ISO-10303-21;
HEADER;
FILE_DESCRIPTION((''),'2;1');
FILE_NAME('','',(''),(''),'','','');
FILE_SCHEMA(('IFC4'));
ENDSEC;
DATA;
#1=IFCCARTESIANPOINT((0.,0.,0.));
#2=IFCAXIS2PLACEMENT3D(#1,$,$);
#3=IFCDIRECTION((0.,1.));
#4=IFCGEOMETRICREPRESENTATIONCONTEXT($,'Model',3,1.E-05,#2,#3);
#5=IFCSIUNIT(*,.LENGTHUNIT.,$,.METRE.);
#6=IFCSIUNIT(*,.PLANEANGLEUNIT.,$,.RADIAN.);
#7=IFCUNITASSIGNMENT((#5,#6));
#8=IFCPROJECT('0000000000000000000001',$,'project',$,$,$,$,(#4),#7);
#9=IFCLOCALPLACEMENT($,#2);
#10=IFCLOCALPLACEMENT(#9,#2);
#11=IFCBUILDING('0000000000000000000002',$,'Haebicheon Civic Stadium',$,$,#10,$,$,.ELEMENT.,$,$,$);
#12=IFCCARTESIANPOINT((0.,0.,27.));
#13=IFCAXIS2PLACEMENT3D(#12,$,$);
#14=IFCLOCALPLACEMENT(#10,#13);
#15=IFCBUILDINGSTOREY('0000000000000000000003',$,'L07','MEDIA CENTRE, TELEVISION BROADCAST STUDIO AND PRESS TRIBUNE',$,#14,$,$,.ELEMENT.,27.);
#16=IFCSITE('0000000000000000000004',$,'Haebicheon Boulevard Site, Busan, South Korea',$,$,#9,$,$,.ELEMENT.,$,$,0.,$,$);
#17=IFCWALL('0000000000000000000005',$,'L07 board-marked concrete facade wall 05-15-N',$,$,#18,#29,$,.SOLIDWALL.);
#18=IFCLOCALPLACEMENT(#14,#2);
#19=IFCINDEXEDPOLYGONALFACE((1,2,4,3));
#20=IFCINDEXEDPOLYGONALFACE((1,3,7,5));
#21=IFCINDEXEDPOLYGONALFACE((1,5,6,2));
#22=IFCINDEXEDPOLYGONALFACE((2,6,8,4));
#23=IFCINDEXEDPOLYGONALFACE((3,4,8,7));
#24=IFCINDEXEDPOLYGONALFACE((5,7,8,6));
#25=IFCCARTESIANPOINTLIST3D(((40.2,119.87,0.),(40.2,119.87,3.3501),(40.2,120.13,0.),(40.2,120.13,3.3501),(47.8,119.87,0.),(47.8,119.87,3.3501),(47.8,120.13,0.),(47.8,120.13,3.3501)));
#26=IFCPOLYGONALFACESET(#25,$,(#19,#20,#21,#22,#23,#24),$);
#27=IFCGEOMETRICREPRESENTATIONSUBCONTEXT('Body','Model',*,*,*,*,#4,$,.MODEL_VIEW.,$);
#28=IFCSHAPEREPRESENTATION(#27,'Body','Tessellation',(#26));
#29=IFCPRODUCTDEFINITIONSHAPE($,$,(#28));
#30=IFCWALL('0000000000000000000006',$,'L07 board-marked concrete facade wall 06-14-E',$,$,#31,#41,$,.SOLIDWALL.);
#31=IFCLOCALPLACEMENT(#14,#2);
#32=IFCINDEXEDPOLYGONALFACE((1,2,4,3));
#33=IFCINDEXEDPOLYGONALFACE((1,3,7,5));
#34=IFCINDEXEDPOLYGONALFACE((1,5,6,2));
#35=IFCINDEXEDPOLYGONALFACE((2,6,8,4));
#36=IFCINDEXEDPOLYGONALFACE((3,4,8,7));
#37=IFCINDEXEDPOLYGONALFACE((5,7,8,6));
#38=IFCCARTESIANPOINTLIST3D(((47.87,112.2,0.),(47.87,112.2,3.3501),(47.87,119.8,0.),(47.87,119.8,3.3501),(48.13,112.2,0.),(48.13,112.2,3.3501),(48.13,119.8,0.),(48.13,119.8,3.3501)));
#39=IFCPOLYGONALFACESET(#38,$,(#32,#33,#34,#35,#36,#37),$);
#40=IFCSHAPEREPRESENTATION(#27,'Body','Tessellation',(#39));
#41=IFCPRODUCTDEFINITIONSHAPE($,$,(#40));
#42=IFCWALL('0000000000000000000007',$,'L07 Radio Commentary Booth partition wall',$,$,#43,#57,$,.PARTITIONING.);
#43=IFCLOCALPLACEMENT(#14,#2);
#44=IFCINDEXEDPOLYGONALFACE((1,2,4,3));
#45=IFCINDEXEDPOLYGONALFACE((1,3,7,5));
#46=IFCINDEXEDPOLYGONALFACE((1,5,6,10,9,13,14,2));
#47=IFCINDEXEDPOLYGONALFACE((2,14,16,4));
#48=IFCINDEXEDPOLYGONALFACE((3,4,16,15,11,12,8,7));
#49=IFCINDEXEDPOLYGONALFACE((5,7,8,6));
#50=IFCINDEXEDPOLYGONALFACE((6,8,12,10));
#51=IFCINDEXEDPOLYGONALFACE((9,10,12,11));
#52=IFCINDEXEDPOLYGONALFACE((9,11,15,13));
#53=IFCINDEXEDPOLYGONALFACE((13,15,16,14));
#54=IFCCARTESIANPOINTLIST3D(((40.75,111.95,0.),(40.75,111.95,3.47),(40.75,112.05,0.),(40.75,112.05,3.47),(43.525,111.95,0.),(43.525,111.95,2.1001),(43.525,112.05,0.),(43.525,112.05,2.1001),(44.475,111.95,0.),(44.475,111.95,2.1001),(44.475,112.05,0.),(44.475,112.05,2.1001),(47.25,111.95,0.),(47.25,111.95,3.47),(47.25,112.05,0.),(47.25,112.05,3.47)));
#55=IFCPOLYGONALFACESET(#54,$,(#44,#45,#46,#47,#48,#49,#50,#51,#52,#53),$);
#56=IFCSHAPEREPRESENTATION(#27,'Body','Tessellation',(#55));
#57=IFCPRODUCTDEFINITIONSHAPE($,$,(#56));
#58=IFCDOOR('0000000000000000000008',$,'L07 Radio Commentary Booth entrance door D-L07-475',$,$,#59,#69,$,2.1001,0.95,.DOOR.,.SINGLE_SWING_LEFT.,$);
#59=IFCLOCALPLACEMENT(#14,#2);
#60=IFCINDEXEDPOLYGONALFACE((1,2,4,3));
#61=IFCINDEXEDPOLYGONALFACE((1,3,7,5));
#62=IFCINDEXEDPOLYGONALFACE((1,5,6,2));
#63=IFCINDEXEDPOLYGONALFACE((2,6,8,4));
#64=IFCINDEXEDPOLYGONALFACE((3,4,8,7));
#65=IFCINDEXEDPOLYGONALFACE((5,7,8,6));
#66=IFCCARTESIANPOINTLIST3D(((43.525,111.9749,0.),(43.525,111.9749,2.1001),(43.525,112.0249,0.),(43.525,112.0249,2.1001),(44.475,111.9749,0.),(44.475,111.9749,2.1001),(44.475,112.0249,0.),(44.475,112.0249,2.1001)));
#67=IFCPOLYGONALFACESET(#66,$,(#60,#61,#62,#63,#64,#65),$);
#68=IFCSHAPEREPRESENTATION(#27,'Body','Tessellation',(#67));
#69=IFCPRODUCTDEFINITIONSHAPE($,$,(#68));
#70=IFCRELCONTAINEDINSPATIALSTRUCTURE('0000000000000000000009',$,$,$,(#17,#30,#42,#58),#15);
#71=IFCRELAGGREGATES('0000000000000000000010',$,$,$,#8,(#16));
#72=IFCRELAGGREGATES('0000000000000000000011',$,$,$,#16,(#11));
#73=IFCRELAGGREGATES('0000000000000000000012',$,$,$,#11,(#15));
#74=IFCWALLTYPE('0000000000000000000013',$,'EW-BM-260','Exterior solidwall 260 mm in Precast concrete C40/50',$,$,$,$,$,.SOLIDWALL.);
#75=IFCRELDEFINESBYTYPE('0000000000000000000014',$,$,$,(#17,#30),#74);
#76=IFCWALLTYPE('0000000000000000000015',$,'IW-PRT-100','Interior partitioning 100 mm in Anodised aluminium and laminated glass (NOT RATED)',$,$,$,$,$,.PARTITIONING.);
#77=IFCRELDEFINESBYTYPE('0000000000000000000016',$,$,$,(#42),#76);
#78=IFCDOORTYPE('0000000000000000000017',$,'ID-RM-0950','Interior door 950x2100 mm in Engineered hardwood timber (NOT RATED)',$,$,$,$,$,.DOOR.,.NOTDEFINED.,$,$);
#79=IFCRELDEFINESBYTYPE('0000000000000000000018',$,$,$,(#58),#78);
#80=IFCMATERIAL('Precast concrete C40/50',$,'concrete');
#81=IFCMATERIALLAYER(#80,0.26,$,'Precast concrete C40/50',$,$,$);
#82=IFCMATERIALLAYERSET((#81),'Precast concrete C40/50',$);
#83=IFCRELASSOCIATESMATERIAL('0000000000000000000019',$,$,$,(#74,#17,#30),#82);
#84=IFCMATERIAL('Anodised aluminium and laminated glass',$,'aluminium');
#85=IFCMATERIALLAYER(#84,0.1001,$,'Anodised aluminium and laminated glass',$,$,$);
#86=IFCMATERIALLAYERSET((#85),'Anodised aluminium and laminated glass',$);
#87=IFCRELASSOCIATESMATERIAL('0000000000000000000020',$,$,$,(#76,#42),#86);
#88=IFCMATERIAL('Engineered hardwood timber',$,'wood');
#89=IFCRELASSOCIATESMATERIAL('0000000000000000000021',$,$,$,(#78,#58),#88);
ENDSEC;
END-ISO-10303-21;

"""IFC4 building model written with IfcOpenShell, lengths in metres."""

from ifc_helpers import new_model, si_unit, direction, frame, frame_2d, origin, place, context, subcontext, project, spatial, rectangle, extrude, material, layer, layer_set, type_object, element, fill, save


model = new_model("IFC4")

# Units and contexts
model_context = context("Model", 3, precision=1e-05, world=origin(), true_north=direction((0.0, 1.0)))
body_context = subcontext(model_context, "Body", "Model", "MODEL_VIEW")
ifc_project = project(units=[si_unit("LENGTHUNIT", "METRE"), si_unit("PLANEANGLEUNIT", "RADIAN")], contexts=[model_context])

# Site, building, storey
site_placement = place(None, origin())
site = spatial("IfcSite", under=ifc_project, at=site_placement, Name="Haebicheon Boulevard Site, Busan, South Korea", CompositionType="ELEMENT", RefElevation=0.0)
building_placement = place(site_placement, origin())
building = spatial("IfcBuilding", under=site, at=building_placement, Name="Haebicheon Civic Stadium", CompositionType="ELEMENT")
storey_placement = place(building_placement, frame((0.0, 0.0, 27.0)))
storey = spatial("IfcBuildingStorey", under=building, at=storey_placement, Name="L07", Description="MEDIA CENTRE, TELEVISION BROADCAST STUDIO AND PRESS TRIBUNE", CompositionType="ELEMENT", Elevation=27.0)

# Walls
ifc_material_1 = material(Name="Precast concrete C40/50", Category="concrete")
ifc_layer_1 = layer(ifc_material_1, 0.26, Name="Precast concrete C40/50")
ifc_layer_set_1 = layer_set([ifc_layer_1], Name="Precast concrete C40/50")
wall_type_1 = type_object("IfcWallType", Name="EW-BM-260", Description="Exterior solidwall 260 mm in Precast concrete C40/50", PredefinedType="SOLIDWALL", material=ifc_layer_set_1)
for number, where, z_axis, x_axis, name in (
    (1, (40.2, 120.0, 0.0), (0.0, 0.0, 1.0), (1.0, 0.0, 0.0), "L07 board-marked concrete facade wall 05-15-N"),
    (2, (48.0, 112.2, 0.0), (0.0, 0.0, 1.0), (0.0, 1.0, 0.0), "L07 board-marked concrete facade wall 06-14-E"),
):
    element("IfcWall", number, at=place(storey_placement, frame(where, z_axis=z_axis, x_axis=x_axis)), inside=storey, type_object=wall_type_1, material=ifc_layer_set_1, Name=name, PredefinedType="SOLIDWALL", context=body_context, shape_type="SweptSolid", body=[
        extrude(rectangle(XDim=7.6001, YDim=0.26, at=frame_2d((3.8, 0.0))), origin(), (0.0, 0.0, 1.0), 3.3501),
    ])

# Wall, opening, door
ifc_material_2 = material(Name="Anodised aluminium and laminated glass", Category="aluminium")
ifc_layer_2 = layer(ifc_material_2, 0.1001, Name="Anodised aluminium and laminated glass")
ifc_layer_set_2 = layer_set([ifc_layer_2], Name="Anodised aluminium and laminated glass")
wall_type_2 = type_object("IfcWallType", Name="IW-PRT-100", Description="Interior partitioning 100 mm in Anodised aluminium and laminated glass (NOT RATED)", PredefinedType="PARTITIONING", material=ifc_layer_set_2)
wall_1_placement = place(storey_placement, frame((40.75, 112.0, 0.0), z_axis=(0.0, 0.0, 1.0), x_axis=(1.0, 0.0, 0.0)))
wall_1 = element("IfcWall", 3, at=wall_1_placement, inside=storey, type_object=wall_type_2, material=ifc_layer_set_2, Name="L07 Radio Commentary Booth partition wall", PredefinedType="PARTITIONING", context=body_context, shape_type="SweptSolid", body=[
    extrude(rectangle(XDim=6.5, YDim=0.1001, at=frame_2d((3.25, 0.0))), origin(), (0.0, 0.0, 1.0), 3.47),
])
opening_placement = place(wall_1_placement, frame((2.7749, 0.0, 0.0)))
opening = element("IfcOpeningElement", 4, at=opening_placement, cuts=wall_1, PredefinedType="OPENING", context=body_context, shape_type="SweptSolid", body=[
    extrude(rectangle(XDim=0.95, YDim=2.1001, at=frame_2d((0.4751, 1.05))), frame((0.0, 0.0601, 0.0), z_axis=(0.0, -1.0, 0.0), x_axis=(1.0, 0.0, 0.0)), (0.0, 0.0, 1.0), 0.1201),
])
ifc_material_3 = material(Name="Engineered hardwood timber", Category="wood")
door_type = type_object("IfcDoorType", Name="ID-RM-0950", Description="Interior door 950x2100 mm in Engineered hardwood timber (NOT RATED)", OperationType="NOTDEFINED", PredefinedType="DOOR", material=ifc_material_3)
door_placement = place(opening_placement, origin())
door = element("IfcDoor", 5, at=door_placement, inside=storey, type_object=door_type, material=ifc_material_3, Name="L07 Radio Commentary Booth entrance door D-L07-475", OperationType="SINGLE_SWING_LEFT", OverallHeight=2.1001, OverallWidth=0.95, PredefinedType="DOOR", context=body_context, shape_type="SweptSolid", body=[
    extrude(rectangle(XDim=0.95, YDim=2.1001, at=frame_2d((0.4751, 1.05))), frame((0.0, 0.0249, 0.0), z_axis=(0.0, -1.0, 0.0), x_axis=(1.0, 0.0, 0.0)), (0.0, 0.0, 1.0), 0.05),
])
fill(opening, door)

save(model, "model.ifc")
